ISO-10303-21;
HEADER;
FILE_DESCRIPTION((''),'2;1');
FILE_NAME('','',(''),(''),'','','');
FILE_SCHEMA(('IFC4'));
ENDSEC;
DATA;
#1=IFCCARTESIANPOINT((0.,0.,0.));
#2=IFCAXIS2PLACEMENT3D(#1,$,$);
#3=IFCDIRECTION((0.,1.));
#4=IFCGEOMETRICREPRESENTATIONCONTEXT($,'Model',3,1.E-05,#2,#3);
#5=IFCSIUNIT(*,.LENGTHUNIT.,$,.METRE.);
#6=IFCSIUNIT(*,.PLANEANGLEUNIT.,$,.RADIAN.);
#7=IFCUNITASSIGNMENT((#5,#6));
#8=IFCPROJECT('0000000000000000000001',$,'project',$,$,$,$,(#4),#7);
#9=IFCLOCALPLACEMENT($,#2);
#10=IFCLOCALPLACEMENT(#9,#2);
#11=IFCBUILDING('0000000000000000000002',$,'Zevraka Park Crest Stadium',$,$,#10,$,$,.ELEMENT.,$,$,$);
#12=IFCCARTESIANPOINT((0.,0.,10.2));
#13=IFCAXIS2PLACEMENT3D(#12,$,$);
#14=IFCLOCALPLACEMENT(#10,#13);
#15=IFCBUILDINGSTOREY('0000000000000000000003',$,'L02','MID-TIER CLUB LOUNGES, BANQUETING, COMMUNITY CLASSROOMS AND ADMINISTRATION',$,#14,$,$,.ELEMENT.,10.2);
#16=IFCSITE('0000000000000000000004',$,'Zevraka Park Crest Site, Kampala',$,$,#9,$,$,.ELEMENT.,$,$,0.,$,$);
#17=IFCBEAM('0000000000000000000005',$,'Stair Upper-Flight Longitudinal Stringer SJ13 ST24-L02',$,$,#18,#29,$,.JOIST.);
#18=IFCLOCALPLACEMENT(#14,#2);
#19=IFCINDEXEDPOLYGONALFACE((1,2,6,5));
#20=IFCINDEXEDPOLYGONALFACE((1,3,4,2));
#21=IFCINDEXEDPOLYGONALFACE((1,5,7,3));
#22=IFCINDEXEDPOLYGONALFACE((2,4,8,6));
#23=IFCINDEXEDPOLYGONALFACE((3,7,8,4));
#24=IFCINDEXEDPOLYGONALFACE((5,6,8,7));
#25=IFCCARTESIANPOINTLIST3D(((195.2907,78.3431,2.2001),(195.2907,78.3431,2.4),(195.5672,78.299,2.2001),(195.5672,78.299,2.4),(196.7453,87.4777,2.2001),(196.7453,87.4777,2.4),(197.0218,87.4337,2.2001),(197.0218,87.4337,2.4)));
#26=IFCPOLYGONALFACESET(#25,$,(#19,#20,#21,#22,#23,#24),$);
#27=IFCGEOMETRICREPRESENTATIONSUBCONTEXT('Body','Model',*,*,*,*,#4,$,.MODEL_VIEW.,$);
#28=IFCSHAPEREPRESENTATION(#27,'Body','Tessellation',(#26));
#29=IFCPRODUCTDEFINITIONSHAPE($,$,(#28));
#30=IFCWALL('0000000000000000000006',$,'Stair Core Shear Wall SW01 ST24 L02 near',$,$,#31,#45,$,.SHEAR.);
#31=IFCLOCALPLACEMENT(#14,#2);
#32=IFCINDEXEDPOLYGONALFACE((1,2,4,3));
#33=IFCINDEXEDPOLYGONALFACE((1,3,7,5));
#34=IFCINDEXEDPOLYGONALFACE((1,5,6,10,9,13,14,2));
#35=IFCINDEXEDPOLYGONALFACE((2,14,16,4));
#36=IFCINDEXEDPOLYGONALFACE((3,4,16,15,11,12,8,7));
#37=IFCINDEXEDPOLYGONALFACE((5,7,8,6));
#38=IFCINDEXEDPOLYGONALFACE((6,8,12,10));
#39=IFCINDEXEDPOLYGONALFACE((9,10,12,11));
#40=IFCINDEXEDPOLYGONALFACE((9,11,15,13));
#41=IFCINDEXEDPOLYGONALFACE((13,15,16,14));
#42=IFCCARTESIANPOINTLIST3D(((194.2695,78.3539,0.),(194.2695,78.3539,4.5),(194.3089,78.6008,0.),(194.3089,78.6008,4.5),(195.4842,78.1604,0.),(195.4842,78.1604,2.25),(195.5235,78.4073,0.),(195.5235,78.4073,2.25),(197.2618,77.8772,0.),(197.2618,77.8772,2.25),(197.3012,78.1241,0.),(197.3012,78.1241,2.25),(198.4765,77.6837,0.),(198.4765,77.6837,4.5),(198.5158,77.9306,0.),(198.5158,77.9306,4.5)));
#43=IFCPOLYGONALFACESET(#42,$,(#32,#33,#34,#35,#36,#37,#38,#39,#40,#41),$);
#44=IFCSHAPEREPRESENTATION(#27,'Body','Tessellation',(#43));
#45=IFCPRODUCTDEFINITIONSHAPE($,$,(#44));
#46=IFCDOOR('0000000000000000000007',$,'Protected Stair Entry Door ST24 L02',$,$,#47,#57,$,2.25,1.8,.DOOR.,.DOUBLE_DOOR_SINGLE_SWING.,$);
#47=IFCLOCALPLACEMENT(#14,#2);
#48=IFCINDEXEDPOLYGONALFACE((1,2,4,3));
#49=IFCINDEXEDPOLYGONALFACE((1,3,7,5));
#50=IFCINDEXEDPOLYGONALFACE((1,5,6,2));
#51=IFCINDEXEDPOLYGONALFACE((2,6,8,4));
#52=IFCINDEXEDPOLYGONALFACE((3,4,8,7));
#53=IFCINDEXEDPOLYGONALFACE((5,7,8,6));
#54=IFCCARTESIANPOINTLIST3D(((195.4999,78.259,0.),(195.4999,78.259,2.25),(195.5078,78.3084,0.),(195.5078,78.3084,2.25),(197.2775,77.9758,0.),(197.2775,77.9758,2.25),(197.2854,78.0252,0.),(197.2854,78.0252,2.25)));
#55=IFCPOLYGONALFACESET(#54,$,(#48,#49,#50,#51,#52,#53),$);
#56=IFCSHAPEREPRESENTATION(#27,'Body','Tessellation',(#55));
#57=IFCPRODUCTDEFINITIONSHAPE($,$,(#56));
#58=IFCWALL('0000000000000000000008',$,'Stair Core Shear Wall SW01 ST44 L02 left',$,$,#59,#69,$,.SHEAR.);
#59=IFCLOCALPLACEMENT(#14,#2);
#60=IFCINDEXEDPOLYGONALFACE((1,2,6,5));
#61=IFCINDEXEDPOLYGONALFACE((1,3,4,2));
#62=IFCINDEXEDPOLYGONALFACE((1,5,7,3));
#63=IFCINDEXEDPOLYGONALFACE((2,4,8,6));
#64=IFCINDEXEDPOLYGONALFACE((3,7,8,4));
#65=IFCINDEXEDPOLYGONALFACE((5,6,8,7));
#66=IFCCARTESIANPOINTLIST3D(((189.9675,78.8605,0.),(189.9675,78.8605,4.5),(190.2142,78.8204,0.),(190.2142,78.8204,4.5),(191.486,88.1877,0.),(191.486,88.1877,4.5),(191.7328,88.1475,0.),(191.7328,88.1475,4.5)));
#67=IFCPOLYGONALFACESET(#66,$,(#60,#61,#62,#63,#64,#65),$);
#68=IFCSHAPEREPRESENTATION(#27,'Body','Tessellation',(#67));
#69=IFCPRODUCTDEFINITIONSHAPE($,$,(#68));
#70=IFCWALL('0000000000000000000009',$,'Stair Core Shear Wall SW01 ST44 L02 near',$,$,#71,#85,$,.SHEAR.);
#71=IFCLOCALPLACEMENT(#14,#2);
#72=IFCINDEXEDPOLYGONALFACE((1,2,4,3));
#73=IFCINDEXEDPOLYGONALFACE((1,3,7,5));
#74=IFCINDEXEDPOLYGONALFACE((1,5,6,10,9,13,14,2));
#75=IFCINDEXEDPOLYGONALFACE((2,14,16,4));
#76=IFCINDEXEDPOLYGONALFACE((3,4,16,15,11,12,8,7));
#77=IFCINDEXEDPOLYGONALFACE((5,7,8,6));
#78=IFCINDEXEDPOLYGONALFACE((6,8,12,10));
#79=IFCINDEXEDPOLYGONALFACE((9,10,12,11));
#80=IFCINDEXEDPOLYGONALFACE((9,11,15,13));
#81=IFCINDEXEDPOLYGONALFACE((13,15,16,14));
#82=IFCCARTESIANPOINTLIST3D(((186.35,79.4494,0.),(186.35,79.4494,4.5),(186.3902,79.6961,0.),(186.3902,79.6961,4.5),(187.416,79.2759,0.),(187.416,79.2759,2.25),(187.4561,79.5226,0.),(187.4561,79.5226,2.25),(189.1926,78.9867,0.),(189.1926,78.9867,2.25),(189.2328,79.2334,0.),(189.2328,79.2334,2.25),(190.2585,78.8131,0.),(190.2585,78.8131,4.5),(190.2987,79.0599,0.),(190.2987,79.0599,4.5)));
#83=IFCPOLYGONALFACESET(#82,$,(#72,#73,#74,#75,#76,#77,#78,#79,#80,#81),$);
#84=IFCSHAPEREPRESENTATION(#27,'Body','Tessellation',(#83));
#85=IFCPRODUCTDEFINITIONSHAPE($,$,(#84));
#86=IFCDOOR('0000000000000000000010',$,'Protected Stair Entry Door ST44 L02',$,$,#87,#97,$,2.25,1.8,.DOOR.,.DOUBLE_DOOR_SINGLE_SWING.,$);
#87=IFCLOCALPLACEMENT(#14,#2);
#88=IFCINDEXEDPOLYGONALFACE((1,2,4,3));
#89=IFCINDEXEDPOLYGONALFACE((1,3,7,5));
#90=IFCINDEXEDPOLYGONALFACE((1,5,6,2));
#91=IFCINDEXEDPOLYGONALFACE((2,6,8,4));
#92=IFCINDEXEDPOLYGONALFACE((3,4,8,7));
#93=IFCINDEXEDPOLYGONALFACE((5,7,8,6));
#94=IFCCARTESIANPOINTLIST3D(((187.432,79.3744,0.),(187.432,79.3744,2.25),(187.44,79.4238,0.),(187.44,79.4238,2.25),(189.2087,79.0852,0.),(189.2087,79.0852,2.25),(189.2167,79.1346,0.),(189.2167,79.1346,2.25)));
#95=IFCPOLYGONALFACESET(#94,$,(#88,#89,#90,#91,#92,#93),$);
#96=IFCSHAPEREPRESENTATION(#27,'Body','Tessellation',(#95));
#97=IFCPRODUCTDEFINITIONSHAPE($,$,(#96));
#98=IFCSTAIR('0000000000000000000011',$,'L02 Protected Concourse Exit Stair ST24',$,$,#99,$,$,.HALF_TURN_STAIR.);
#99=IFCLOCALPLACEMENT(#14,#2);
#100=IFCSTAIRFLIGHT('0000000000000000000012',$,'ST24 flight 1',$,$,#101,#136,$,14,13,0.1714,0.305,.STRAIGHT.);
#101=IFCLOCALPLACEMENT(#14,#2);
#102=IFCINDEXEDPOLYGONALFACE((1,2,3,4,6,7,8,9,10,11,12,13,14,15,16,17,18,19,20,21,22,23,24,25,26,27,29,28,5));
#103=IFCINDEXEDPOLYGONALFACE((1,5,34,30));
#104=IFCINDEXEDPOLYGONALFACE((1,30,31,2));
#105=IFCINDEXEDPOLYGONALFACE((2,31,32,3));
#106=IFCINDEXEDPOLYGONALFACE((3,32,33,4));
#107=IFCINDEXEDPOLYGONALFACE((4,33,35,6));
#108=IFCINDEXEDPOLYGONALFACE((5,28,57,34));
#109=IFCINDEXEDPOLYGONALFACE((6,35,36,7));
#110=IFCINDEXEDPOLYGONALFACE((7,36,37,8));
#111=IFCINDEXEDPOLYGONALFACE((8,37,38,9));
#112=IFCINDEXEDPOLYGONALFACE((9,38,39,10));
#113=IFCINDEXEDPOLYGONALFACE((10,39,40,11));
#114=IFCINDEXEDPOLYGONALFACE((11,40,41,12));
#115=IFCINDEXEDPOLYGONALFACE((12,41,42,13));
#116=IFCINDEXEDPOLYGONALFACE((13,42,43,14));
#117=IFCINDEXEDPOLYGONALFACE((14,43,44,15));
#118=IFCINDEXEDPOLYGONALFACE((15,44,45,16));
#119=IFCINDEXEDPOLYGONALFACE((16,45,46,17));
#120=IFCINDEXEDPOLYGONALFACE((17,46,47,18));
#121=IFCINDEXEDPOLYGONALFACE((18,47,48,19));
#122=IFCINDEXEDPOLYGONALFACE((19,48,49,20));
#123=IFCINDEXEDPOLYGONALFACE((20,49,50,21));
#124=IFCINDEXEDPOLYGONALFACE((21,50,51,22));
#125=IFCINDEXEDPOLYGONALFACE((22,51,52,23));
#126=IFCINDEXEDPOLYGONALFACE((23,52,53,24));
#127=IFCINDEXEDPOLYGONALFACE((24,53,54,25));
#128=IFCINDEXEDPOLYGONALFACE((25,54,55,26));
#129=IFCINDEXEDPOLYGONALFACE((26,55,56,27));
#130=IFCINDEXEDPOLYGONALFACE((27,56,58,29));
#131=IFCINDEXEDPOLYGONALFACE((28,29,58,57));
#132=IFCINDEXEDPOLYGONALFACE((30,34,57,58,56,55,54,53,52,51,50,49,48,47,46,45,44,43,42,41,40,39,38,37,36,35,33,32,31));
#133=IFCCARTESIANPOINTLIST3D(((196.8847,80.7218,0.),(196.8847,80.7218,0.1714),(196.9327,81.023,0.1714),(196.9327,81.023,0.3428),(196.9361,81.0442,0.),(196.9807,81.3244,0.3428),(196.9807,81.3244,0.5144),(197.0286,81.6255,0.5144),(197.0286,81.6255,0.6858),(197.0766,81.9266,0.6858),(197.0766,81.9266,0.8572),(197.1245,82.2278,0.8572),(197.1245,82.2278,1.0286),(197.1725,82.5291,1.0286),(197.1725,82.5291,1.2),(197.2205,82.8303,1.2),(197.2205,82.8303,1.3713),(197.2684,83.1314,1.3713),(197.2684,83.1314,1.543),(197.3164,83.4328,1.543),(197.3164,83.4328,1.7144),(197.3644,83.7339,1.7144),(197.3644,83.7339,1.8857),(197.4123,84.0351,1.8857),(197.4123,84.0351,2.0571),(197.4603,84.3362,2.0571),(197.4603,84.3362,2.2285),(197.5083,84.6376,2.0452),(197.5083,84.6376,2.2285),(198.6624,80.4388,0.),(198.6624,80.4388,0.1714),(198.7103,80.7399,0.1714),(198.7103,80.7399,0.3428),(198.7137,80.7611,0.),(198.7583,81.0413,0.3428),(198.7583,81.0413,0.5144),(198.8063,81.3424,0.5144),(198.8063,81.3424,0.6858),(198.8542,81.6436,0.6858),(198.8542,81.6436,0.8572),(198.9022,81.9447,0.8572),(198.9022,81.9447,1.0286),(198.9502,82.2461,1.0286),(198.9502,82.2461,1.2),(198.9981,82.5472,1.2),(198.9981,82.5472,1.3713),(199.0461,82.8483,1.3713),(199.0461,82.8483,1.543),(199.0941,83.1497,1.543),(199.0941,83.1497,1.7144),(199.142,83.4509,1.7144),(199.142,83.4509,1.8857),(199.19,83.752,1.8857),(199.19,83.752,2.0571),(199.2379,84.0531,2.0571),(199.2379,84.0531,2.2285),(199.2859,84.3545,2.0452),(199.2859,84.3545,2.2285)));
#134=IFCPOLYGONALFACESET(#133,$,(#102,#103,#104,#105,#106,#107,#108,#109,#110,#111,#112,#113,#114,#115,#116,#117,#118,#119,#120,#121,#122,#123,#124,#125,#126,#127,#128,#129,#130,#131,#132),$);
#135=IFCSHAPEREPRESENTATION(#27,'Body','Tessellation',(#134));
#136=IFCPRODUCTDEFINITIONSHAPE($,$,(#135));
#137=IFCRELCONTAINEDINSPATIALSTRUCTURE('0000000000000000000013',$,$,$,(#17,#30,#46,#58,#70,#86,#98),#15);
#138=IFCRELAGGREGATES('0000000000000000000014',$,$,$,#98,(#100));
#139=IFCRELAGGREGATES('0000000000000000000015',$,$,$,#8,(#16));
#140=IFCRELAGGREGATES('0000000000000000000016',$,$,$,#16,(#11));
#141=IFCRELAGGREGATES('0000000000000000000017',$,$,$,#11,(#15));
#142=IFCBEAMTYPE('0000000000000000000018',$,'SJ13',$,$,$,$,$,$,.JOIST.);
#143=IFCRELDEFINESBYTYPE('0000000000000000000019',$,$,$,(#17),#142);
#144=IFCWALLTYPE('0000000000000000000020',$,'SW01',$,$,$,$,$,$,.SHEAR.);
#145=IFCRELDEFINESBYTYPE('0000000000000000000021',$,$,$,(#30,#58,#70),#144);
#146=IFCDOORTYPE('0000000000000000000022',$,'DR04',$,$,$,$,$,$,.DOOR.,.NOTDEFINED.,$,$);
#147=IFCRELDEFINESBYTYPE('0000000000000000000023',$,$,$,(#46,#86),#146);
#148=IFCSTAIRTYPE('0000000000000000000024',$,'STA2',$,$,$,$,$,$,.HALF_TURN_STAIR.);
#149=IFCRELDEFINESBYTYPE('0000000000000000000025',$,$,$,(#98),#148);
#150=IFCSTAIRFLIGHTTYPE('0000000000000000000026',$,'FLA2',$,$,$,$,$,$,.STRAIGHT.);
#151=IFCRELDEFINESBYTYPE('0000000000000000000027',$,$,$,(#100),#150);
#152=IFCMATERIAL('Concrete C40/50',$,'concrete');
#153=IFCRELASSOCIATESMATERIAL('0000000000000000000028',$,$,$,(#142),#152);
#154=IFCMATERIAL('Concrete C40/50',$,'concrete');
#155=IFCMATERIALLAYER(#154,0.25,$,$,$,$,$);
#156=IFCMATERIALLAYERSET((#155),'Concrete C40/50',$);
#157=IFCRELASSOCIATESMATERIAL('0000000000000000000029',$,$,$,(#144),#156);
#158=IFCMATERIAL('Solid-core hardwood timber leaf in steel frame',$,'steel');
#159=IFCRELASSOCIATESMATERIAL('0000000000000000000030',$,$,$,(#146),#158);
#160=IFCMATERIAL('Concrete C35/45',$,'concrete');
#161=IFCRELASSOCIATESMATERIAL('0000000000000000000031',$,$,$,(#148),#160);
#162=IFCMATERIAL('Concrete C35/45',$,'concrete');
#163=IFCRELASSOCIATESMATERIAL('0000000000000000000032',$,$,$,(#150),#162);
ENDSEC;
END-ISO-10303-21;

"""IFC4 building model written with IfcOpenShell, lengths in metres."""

from ifc_helpers import new_model, si_unit, direction, frame, frame_2d, origin, origin_2d, place, context, subcontext, project, spatial, polyline, rectangle, outline, extrude, material, layer, layer_set, material_profile, profile_set, type_object, element, fill, aggregate, save


model = new_model("IFC4")

# Units and contexts
model_context = context("Model", 3, precision=1e-05, world=origin(), true_north=direction((0.0, 1.0)))
body_context = subcontext(model_context, "Body", "Model", "MODEL_VIEW")
ifc_project = project(units=[si_unit("LENGTHUNIT", "METRE"), si_unit("PLANEANGLEUNIT", "RADIAN")], contexts=[model_context])

# Site, building, storey
site_placement = place(None, origin())
site = spatial("IfcSite", under=ifc_project, at=site_placement, Name="Zevraka Park Crest Site, Kampala", CompositionType="ELEMENT", RefElevation=0.0)
building_placement = place(site_placement, origin())
building = spatial("IfcBuilding", under=site, at=building_placement, Name="Zevraka Park Crest Stadium", CompositionType="ELEMENT")
storey_placement = place(building_placement, frame((0.0, 0.0, 10.2)))
storey = spatial("IfcBuildingStorey", under=building, at=storey_placement, Name="L02", Description="MID-TIER CLUB LOUNGES, BANQUETING, COMMUNITY CLASSROOMS AND ADMINISTRATION", CompositionType="ELEMENT", Elevation=10.2)

# Beam
ifc_material_1 = material(Name="Concrete C40/50", Category="concrete")
ifc_material_profile_1 = material_profile(ifc_material_1, rectangle(XDim=0.28, YDim=0.2, at=origin_2d()), Name="RC 200x280")
ifc_profile_set_1 = profile_set([ifc_material_profile_1], Name="Concrete C40/50")
beam_type_1 = type_object("IfcBeamType", Name="SJ13", PredefinedType="JOIST", material=ifc_profile_set_1)
beam_1_placement = place(storey_placement, frame((195.429, 78.321, 2.3), z_axis=(0.157255, 0.987558, 0.0), x_axis=(-0.987558, 0.157255, 0.0)))
element("IfcBeam", 1, at=beam_1_placement, inside=storey, type_object=beam_type_1, Name="Stair Upper-Flight Longitudinal Stringer SJ13 ST24-L02", PredefinedType="JOIST", context=body_context, shape_type="SweptSolid", body=[
    extrude(rectangle(XDim=0.28, YDim=0.2, at=origin_2d()), origin(), (0.0, 0.0, 1.0), 9.2498),
])

# Wall, opening, door
ifc_material_2 = material(Name="Concrete C40/50", Category="concrete")
ifc_layer = layer(ifc_material_2, 0.25)
ifc_layer_set = layer_set([ifc_layer], Name="Concrete C40/50")
wall_type = type_object("IfcWallType", Name="SW01", PredefinedType="SHEAR", material=ifc_layer_set)
wall_1_placement = place(storey_placement, frame((194.2893, 78.4773, 0.0), z_axis=(0.0, 0.0, 1.0), x_axis=(0.987549, -0.157313, 0.0)))
wall_1 = element("IfcWall", 2, at=wall_1_placement, inside=storey, type_object=wall_type, Name="Stair Core Shear Wall SW01 ST24 L02 near", PredefinedType="SHEAR", context=body_context, shape_type="SweptSolid", body=[
    extrude(rectangle(XDim=4.26, YDim=0.25, at=frame_2d((2.1299, 0.0))), origin(), (0.0, 0.0, 1.0), 4.5),
])
opening_1_placement = place(wall_1_placement, frame((1.23, 0.0, 0.0)))
opening_1 = element("IfcOpeningElement", 3, at=opening_1_placement, cuts=wall_1, PredefinedType="OPENING", context=body_context, shape_type="SweptSolid", body=[
    extrude(rectangle(XDim=1.8, YDim=2.25, at=frame_2d((0.8999, 1.125))), frame((0.0, 0.135, 0.0), z_axis=(0.0, -1.0, 0.0), x_axis=(1.0, 0.0, 0.0)), (0.0, 0.0, 1.0), 0.27),
])
ifc_material_3 = material(Name="Solid-core hardwood timber leaf in steel frame", Category="steel")
door_type = type_object("IfcDoorType", Name="DR04", OperationType="NOTDEFINED", PredefinedType="DOOR", material=ifc_material_3)
door_1_placement = place(opening_1_placement, origin())
door_1 = element("IfcDoor", 4, at=door_1_placement, inside=storey, type_object=door_type, Name="Protected Stair Entry Door ST24 L02", OperationType="DOUBLE_DOOR_SINGLE_SWING", OverallHeight=2.25, OverallWidth=1.8, PredefinedType="DOOR", context=body_context, shape_type="SweptSolid", body=[
    extrude(rectangle(XDim=1.8, YDim=2.25, at=frame_2d((0.8999, 1.125))), frame((0.0, 0.0249, 0.0), z_axis=(0.0, -1.0, 0.0), x_axis=(1.0, 0.0, 0.0)), (0.0, 0.0, 1.0), 0.05),
])
fill(opening_1, door_1)

# Wall
wall_2_placement = place(storey_placement, frame((190.0908, 78.8403, 0.0), z_axis=(0.0, 0.0, 1.0), x_axis=(0.160694, 0.987004, 0.0)))
element("IfcWall", 5, at=wall_2_placement, inside=storey, type_object=wall_type, Name="Stair Core Shear Wall SW01 ST44 L02 left", PredefinedType="SHEAR", context=body_context, shape_type="SweptSolid", body=[
    extrude(rectangle(XDim=9.45, YDim=0.25, at=frame_2d((4.7251, 0.0))), origin(), (0.0, 0.0, 1.0), 4.5),
])

# Wall, opening, door
wall_3_placement = place(storey_placement, frame((186.3701, 79.5728, 0.0), z_axis=(0.0, 0.0, 1.0), x_axis=(0.987008, -0.160669, 0.0)))
wall_3 = element("IfcWall", 6, at=wall_3_placement, inside=storey, type_object=wall_type, Name="Stair Core Shear Wall SW01 ST44 L02 near", PredefinedType="SHEAR", context=body_context, shape_type="SweptSolid", body=[
    extrude(rectangle(XDim=3.96, YDim=0.25, at=frame_2d((1.98, 0.0))), origin(), (0.0, 0.0, 1.0), 4.5),
])
opening_2_placement = place(wall_3_placement, frame((1.0801, 0.0, 0.0)))
opening_2 = element("IfcOpeningElement", 7, at=opening_2_placement, cuts=wall_3, PredefinedType="OPENING", context=body_context, shape_type="SweptSolid", body=[
    extrude(rectangle(XDim=1.8, YDim=2.25, at=frame_2d((0.8999, 1.125))), frame((0.0, 0.135, 0.0), z_axis=(0.0, -1.0, 0.0), x_axis=(1.0, 0.0, 0.0)), (0.0, 0.0, 1.0), 0.27),
])
door_2_placement = place(opening_2_placement, origin())
door_2 = element("IfcDoor", 8, at=door_2_placement, inside=storey, type_object=door_type, Name="Protected Stair Entry Door ST44 L02", OperationType="DOUBLE_DOOR_SINGLE_SWING", OverallHeight=2.25, OverallWidth=1.8, PredefinedType="DOOR", context=body_context, shape_type="SweptSolid", body=[
    extrude(rectangle(XDim=1.8, YDim=2.25, at=frame_2d((0.8999, 1.125))), frame((0.0, 0.0249, 0.0), z_axis=(0.0, -1.0, 0.0), x_axis=(1.0, 0.0, 0.0)), (0.0, 0.0, 1.0), 0.05),
])
fill(opening_2, door_2)

# Stair, stair flight
ifc_material_4 = material(Name="Concrete C35/45", Category="concrete")
stair_type = type_object("IfcStairType", Name="STA2", PredefinedType="HALF_TURN_STAIR", material=ifc_material_4)
stair_placement = place(storey_placement, origin())
stair = element("IfcStair", 9, at=stair_placement, inside=storey, type_object=stair_type, Name="L02 Protected Concourse Exit Stair ST24", PredefinedType="HALF_TURN_STAIR")
ifc_material_5 = material(Name="Concrete C35/45", Category="concrete")
stair_flight_type = type_object("IfcStairFlightType", Name="FLA2", PredefinedType="STRAIGHT", material=ifc_material_5)
stair_flight_placement = place(storey_placement, frame((197.7734, 80.5803, 0.0), z_axis=(0.0, 0.0, 1.0), x_axis=(0.157262, 0.987557, 0.0)))
stair_flight = element("IfcStairFlight", 10, at=stair_flight_placement, type_object=stair_flight_type, Name="ST24 flight 1", NumberOfRisers=14, NumberOfTreads=13, PredefinedType="STRAIGHT", RiserHeight=0.1714, TreadLength=0.305, context=body_context, shape_type="SweptSolid", body=[
    extrude(outline(polyline([(0.0, 0.0), (0.0, 0.1714), (0.3049, 0.1714), (0.3049, 0.3428), (0.6101, 0.3428), (0.6101, 0.5144), (0.915, 0.5144), (0.915, 0.6858), (1.22, 0.6858), (1.22, 0.8572), (1.5249, 0.8572), (1.5249, 1.0286), (1.8301, 1.0286), (1.8301, 1.2), (2.135, 1.2), (2.135, 1.3713), (2.4399, 1.3713), (2.4399, 1.543), (2.7451, 1.543), (2.7451, 1.7144), (3.05, 1.7144), (3.05, 1.8857), (3.355, 1.8857), (3.355, 2.0571), (3.6599, 2.0571), (3.6599, 2.2285), (3.9651, 2.2285), (3.9651, 2.3999), (3.9651, 2.0452), (0.3264, 0.0), (0.0, 0.0)])), frame((0.0, 0.8999, 0.0), z_axis=(0.0, -1.0, 0.0), x_axis=(1.0, 0.0, 0.0)), (0.0, 0.0, 1.0), 1.8),
])
aggregate(stair, [stair_flight])

save(model, "model.ifc")
